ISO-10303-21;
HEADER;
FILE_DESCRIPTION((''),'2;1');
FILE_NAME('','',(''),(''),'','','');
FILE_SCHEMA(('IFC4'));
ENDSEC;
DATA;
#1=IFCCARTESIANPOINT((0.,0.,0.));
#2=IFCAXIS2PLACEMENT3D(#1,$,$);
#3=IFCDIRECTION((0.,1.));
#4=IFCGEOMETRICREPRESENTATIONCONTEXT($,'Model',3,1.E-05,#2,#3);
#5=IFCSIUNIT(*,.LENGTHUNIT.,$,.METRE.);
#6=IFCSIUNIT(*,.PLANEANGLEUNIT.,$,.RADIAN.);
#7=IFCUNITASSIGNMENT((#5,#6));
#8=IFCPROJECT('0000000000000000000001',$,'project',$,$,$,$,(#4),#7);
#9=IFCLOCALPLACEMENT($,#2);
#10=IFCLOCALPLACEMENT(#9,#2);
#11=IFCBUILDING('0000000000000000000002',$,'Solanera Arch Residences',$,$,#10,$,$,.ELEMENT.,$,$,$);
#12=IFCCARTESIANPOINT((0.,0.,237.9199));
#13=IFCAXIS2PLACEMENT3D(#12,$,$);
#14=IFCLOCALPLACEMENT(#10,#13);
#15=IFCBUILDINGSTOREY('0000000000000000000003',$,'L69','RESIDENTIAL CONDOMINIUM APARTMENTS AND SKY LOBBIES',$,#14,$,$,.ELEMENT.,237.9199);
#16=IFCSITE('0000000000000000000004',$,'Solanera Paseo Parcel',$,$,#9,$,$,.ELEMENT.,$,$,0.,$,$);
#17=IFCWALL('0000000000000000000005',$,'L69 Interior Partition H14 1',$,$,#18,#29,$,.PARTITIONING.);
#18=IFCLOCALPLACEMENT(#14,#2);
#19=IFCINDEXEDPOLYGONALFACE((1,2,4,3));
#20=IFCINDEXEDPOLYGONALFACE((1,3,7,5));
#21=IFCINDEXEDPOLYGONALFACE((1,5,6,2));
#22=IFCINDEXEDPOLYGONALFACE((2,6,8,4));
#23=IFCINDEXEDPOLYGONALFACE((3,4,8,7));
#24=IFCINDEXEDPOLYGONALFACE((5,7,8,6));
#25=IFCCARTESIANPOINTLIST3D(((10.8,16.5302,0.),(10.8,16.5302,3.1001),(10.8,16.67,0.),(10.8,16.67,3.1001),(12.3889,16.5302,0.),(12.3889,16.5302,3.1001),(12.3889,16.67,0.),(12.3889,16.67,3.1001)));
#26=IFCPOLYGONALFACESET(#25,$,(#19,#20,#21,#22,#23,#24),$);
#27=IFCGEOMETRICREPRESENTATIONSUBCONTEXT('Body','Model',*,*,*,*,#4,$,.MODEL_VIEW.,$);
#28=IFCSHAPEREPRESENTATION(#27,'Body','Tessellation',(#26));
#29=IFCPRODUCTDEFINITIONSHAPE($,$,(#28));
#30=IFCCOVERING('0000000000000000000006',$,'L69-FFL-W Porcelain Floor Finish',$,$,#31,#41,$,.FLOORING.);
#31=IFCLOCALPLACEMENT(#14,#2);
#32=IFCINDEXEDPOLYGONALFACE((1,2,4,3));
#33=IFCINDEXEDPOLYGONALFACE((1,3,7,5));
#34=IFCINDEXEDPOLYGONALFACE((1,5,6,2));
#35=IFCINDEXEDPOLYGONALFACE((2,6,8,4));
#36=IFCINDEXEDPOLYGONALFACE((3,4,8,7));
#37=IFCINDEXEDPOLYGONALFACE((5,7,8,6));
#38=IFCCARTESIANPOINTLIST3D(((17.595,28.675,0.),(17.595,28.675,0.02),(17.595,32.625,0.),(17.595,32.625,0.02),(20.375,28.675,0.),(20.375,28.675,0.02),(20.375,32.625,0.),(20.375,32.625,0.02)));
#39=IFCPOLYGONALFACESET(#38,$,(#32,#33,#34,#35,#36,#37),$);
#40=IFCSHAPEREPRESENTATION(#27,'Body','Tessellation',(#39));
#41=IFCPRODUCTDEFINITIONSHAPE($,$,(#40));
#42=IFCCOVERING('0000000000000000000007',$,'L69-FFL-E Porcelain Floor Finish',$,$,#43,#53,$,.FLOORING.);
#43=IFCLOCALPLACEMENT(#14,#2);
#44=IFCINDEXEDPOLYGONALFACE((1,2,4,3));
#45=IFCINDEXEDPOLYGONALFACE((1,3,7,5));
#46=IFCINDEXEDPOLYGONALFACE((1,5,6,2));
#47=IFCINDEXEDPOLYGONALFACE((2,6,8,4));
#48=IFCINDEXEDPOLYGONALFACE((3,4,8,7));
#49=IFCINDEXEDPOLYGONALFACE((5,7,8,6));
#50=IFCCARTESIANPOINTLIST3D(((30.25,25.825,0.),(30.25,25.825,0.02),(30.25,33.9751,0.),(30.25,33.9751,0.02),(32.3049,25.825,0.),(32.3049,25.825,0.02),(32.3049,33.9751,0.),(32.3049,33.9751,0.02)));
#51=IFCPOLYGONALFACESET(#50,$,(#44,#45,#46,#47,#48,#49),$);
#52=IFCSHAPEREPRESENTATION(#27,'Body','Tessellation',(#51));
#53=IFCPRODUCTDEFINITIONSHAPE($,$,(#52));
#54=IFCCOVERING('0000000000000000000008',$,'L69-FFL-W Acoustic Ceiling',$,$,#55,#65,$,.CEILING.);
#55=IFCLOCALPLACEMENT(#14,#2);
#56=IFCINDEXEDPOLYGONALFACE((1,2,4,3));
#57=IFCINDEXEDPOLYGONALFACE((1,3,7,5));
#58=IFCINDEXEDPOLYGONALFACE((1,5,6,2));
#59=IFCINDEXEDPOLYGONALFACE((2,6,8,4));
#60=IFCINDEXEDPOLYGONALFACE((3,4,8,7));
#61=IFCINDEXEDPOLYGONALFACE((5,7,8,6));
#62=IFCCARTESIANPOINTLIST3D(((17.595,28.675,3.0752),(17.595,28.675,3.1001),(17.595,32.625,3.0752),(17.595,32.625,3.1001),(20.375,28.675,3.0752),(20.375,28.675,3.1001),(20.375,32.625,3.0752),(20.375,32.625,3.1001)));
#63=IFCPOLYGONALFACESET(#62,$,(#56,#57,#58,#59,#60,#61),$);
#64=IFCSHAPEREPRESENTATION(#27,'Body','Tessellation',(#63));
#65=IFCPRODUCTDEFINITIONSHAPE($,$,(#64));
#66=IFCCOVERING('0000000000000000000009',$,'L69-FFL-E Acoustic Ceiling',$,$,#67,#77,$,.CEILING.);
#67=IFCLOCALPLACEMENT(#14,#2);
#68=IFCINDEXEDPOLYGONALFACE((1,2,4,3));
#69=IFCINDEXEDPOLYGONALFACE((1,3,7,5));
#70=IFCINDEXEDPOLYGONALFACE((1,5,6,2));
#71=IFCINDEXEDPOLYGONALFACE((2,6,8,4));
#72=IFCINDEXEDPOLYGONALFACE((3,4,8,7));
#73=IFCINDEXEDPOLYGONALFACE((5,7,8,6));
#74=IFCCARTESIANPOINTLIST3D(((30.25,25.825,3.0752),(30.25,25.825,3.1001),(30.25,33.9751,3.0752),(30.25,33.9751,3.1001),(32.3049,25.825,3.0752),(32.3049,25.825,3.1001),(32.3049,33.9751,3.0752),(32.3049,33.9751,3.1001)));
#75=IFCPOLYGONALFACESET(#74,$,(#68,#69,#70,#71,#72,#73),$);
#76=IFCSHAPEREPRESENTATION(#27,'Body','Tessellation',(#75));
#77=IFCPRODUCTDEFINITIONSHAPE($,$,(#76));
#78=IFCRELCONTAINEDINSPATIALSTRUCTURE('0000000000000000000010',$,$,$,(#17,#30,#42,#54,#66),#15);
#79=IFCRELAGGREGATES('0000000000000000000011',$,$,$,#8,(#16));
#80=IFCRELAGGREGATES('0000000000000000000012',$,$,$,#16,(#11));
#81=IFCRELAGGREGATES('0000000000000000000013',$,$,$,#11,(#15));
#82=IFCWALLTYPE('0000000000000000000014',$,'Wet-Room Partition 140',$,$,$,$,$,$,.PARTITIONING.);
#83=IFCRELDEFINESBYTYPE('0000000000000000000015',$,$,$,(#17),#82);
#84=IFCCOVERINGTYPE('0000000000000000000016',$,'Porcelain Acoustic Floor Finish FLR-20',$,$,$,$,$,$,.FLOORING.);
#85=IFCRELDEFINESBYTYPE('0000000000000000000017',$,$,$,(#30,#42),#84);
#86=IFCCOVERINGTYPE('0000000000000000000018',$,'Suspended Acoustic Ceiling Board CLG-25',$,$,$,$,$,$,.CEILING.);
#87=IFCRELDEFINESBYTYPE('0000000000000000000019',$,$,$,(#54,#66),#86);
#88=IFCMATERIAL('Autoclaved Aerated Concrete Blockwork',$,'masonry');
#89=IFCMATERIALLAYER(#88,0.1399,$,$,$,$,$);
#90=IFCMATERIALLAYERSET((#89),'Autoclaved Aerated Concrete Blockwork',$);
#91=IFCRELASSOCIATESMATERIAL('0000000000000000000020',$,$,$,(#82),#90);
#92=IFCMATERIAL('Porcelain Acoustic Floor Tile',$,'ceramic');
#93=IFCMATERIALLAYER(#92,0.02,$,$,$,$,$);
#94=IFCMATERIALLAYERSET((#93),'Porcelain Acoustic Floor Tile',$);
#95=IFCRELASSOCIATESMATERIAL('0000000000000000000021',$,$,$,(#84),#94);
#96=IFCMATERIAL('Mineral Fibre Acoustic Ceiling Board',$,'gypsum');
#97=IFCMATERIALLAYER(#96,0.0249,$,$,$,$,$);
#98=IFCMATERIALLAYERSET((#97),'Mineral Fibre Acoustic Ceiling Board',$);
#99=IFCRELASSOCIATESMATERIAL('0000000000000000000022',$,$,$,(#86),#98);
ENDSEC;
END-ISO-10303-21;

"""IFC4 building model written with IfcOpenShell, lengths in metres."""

from ifc_helpers import new_model, si_unit, direction, frame, frame_2d, origin, place, context, subcontext, project, spatial, polyline, rectangle, outline, extrude, material, layer, layer_set, type_object, element, save


model = new_model("IFC4")

# Units and contexts
model_context = context("Model", 3, precision=1e-05, world=origin(), true_north=direction((0.0, 1.0)))
body_context = subcontext(model_context, "Body", "Model", "MODEL_VIEW")
ifc_project = project(units=[si_unit("LENGTHUNIT", "METRE"), si_unit("PLANEANGLEUNIT", "RADIAN")], contexts=[model_context])

# Site, building, storey
site_placement = place(None, origin())
site = spatial("IfcSite", under=ifc_project, at=site_placement, Name="Solanera Paseo Parcel", CompositionType="ELEMENT", RefElevation=0.0)
building_placement = place(site_placement, origin())
building = spatial("IfcBuilding", under=site, at=building_placement, Name="Solanera Arch Residences", CompositionType="ELEMENT")
storey_placement = place(building_placement, frame((0.0, 0.0, 237.9199)))
storey = spatial("IfcBuildingStorey", under=building, at=storey_placement, Name="L69", Description="RESIDENTIAL CONDOMINIUM APARTMENTS AND SKY LOBBIES", CompositionType="ELEMENT", Elevation=237.9199)

# Wall
ifc_material_1 = material(Name="Autoclaved Aerated Concrete Blockwork", Category="masonry")
ifc_layer_1 = layer(ifc_material_1, 0.1399)
ifc_layer_set_1 = layer_set([ifc_layer_1], Name="Autoclaved Aerated Concrete Blockwork")
wall_type_1 = type_object("IfcWallType", Name="Wet-Room Partition 140", PredefinedType="PARTITIONING", material=ifc_layer_set_1)
wall_1_placement = place(storey_placement, frame((10.8, 16.6001, 0.0), z_axis=(0.0, 0.0, 1.0), x_axis=(1.0, 0.0, 0.0)))
element("IfcWall", 1, at=wall_1_placement, inside=storey, type_object=wall_type_1, Name="L69 Interior Partition H14 1", PredefinedType="PARTITIONING", context=body_context, shape_type="SweptSolid", body=[
    extrude(rectangle(XDim=1.5889, YDim=0.1399, at=frame_2d((0.7944, 0.0))), origin(), (0.0, 0.0, 1.0), 3.1001),
])

# Coverings
ifc_material_2 = material(Name="Porcelain Acoustic Floor Tile", Category="ceramic")
ifc_layer_2 = layer(ifc_material_2, 0.02)
ifc_layer_set_2 = layer_set([ifc_layer_2], Name="Porcelain Acoustic Floor Tile")
covering_type_1 = type_object("IfcCoveringType", Name="Porcelain Acoustic Floor Finish FLR-20", PredefinedType="FLOORING", material=ifc_layer_set_2)
covering_1_placement = place(storey_placement, origin())
element("IfcCovering", 2, at=covering_1_placement, inside=storey, type_object=covering_type_1, Name="L69-FFL-W Porcelain Floor Finish", PredefinedType="FLOORING", context=body_context, shape_type="SweptSolid", body=[
    extrude(outline(polyline([(20.375, 28.675), (17.595, 28.675), (17.595, 32.625), (20.375, 32.625), (20.375, 28.675)])), origin(), (0.0, 0.0, 1.0), 0.02),
])
covering_2_placement = place(storey_placement, origin())
element("IfcCovering", 3, at=covering_2_placement, inside=storey, type_object=covering_type_1, Name="L69-FFL-E Porcelain Floor Finish", PredefinedType="FLOORING", context=body_context, shape_type="SweptSolid", body=[
    extrude(outline(polyline([(32.3049, 25.825), (30.25, 25.825), (30.25, 33.9751), (32.3049, 33.9751), (32.3049, 25.825)])), origin(), (0.0, 0.0, 1.0), 0.02),
])
ifc_material_3 = material(Name="Mineral Fibre Acoustic Ceiling Board", Category="gypsum")
ifc_layer_3 = layer(ifc_material_3, 0.0249)
ifc_layer_set_3 = layer_set([ifc_layer_3], Name="Mineral Fibre Acoustic Ceiling Board")
covering_type_2 = type_object("IfcCoveringType", Name="Suspended Acoustic Ceiling Board CLG-25", PredefinedType="CEILING", material=ifc_layer_set_3)
covering_3_placement = place(storey_placement, frame((0.0, 0.0, 3.0752)))
element("IfcCovering", 4, at=covering_3_placement, inside=storey, type_object=covering_type_2, Name="L69-FFL-W Acoustic Ceiling", PredefinedType="CEILING", context=body_context, shape_type="SweptSolid", body=[
    extrude(outline(polyline([(20.375, 28.675), (17.595, 28.675), (17.595, 32.625), (20.375, 32.625), (20.375, 28.675)])), origin(), (0.0, 0.0, 1.0), 0.0249),
])
covering_4_placement = place(storey_placement, frame((0.0, 0.0, 3.0752)))
element("IfcCovering", 5, at=covering_4_placement, inside=storey, type_object=covering_type_2, Name="L69-FFL-E Acoustic Ceiling", PredefinedType="CEILING", context=body_context, shape_type="SweptSolid", body=[
    extrude(outline(polyline([(32.3049, 25.825), (30.25, 25.825), (30.25, 33.9751), (32.3049, 33.9751), (32.3049, 25.825)])), origin(), (0.0, 0.0, 1.0), 0.0249),
])

save(model, "model.ifc")
